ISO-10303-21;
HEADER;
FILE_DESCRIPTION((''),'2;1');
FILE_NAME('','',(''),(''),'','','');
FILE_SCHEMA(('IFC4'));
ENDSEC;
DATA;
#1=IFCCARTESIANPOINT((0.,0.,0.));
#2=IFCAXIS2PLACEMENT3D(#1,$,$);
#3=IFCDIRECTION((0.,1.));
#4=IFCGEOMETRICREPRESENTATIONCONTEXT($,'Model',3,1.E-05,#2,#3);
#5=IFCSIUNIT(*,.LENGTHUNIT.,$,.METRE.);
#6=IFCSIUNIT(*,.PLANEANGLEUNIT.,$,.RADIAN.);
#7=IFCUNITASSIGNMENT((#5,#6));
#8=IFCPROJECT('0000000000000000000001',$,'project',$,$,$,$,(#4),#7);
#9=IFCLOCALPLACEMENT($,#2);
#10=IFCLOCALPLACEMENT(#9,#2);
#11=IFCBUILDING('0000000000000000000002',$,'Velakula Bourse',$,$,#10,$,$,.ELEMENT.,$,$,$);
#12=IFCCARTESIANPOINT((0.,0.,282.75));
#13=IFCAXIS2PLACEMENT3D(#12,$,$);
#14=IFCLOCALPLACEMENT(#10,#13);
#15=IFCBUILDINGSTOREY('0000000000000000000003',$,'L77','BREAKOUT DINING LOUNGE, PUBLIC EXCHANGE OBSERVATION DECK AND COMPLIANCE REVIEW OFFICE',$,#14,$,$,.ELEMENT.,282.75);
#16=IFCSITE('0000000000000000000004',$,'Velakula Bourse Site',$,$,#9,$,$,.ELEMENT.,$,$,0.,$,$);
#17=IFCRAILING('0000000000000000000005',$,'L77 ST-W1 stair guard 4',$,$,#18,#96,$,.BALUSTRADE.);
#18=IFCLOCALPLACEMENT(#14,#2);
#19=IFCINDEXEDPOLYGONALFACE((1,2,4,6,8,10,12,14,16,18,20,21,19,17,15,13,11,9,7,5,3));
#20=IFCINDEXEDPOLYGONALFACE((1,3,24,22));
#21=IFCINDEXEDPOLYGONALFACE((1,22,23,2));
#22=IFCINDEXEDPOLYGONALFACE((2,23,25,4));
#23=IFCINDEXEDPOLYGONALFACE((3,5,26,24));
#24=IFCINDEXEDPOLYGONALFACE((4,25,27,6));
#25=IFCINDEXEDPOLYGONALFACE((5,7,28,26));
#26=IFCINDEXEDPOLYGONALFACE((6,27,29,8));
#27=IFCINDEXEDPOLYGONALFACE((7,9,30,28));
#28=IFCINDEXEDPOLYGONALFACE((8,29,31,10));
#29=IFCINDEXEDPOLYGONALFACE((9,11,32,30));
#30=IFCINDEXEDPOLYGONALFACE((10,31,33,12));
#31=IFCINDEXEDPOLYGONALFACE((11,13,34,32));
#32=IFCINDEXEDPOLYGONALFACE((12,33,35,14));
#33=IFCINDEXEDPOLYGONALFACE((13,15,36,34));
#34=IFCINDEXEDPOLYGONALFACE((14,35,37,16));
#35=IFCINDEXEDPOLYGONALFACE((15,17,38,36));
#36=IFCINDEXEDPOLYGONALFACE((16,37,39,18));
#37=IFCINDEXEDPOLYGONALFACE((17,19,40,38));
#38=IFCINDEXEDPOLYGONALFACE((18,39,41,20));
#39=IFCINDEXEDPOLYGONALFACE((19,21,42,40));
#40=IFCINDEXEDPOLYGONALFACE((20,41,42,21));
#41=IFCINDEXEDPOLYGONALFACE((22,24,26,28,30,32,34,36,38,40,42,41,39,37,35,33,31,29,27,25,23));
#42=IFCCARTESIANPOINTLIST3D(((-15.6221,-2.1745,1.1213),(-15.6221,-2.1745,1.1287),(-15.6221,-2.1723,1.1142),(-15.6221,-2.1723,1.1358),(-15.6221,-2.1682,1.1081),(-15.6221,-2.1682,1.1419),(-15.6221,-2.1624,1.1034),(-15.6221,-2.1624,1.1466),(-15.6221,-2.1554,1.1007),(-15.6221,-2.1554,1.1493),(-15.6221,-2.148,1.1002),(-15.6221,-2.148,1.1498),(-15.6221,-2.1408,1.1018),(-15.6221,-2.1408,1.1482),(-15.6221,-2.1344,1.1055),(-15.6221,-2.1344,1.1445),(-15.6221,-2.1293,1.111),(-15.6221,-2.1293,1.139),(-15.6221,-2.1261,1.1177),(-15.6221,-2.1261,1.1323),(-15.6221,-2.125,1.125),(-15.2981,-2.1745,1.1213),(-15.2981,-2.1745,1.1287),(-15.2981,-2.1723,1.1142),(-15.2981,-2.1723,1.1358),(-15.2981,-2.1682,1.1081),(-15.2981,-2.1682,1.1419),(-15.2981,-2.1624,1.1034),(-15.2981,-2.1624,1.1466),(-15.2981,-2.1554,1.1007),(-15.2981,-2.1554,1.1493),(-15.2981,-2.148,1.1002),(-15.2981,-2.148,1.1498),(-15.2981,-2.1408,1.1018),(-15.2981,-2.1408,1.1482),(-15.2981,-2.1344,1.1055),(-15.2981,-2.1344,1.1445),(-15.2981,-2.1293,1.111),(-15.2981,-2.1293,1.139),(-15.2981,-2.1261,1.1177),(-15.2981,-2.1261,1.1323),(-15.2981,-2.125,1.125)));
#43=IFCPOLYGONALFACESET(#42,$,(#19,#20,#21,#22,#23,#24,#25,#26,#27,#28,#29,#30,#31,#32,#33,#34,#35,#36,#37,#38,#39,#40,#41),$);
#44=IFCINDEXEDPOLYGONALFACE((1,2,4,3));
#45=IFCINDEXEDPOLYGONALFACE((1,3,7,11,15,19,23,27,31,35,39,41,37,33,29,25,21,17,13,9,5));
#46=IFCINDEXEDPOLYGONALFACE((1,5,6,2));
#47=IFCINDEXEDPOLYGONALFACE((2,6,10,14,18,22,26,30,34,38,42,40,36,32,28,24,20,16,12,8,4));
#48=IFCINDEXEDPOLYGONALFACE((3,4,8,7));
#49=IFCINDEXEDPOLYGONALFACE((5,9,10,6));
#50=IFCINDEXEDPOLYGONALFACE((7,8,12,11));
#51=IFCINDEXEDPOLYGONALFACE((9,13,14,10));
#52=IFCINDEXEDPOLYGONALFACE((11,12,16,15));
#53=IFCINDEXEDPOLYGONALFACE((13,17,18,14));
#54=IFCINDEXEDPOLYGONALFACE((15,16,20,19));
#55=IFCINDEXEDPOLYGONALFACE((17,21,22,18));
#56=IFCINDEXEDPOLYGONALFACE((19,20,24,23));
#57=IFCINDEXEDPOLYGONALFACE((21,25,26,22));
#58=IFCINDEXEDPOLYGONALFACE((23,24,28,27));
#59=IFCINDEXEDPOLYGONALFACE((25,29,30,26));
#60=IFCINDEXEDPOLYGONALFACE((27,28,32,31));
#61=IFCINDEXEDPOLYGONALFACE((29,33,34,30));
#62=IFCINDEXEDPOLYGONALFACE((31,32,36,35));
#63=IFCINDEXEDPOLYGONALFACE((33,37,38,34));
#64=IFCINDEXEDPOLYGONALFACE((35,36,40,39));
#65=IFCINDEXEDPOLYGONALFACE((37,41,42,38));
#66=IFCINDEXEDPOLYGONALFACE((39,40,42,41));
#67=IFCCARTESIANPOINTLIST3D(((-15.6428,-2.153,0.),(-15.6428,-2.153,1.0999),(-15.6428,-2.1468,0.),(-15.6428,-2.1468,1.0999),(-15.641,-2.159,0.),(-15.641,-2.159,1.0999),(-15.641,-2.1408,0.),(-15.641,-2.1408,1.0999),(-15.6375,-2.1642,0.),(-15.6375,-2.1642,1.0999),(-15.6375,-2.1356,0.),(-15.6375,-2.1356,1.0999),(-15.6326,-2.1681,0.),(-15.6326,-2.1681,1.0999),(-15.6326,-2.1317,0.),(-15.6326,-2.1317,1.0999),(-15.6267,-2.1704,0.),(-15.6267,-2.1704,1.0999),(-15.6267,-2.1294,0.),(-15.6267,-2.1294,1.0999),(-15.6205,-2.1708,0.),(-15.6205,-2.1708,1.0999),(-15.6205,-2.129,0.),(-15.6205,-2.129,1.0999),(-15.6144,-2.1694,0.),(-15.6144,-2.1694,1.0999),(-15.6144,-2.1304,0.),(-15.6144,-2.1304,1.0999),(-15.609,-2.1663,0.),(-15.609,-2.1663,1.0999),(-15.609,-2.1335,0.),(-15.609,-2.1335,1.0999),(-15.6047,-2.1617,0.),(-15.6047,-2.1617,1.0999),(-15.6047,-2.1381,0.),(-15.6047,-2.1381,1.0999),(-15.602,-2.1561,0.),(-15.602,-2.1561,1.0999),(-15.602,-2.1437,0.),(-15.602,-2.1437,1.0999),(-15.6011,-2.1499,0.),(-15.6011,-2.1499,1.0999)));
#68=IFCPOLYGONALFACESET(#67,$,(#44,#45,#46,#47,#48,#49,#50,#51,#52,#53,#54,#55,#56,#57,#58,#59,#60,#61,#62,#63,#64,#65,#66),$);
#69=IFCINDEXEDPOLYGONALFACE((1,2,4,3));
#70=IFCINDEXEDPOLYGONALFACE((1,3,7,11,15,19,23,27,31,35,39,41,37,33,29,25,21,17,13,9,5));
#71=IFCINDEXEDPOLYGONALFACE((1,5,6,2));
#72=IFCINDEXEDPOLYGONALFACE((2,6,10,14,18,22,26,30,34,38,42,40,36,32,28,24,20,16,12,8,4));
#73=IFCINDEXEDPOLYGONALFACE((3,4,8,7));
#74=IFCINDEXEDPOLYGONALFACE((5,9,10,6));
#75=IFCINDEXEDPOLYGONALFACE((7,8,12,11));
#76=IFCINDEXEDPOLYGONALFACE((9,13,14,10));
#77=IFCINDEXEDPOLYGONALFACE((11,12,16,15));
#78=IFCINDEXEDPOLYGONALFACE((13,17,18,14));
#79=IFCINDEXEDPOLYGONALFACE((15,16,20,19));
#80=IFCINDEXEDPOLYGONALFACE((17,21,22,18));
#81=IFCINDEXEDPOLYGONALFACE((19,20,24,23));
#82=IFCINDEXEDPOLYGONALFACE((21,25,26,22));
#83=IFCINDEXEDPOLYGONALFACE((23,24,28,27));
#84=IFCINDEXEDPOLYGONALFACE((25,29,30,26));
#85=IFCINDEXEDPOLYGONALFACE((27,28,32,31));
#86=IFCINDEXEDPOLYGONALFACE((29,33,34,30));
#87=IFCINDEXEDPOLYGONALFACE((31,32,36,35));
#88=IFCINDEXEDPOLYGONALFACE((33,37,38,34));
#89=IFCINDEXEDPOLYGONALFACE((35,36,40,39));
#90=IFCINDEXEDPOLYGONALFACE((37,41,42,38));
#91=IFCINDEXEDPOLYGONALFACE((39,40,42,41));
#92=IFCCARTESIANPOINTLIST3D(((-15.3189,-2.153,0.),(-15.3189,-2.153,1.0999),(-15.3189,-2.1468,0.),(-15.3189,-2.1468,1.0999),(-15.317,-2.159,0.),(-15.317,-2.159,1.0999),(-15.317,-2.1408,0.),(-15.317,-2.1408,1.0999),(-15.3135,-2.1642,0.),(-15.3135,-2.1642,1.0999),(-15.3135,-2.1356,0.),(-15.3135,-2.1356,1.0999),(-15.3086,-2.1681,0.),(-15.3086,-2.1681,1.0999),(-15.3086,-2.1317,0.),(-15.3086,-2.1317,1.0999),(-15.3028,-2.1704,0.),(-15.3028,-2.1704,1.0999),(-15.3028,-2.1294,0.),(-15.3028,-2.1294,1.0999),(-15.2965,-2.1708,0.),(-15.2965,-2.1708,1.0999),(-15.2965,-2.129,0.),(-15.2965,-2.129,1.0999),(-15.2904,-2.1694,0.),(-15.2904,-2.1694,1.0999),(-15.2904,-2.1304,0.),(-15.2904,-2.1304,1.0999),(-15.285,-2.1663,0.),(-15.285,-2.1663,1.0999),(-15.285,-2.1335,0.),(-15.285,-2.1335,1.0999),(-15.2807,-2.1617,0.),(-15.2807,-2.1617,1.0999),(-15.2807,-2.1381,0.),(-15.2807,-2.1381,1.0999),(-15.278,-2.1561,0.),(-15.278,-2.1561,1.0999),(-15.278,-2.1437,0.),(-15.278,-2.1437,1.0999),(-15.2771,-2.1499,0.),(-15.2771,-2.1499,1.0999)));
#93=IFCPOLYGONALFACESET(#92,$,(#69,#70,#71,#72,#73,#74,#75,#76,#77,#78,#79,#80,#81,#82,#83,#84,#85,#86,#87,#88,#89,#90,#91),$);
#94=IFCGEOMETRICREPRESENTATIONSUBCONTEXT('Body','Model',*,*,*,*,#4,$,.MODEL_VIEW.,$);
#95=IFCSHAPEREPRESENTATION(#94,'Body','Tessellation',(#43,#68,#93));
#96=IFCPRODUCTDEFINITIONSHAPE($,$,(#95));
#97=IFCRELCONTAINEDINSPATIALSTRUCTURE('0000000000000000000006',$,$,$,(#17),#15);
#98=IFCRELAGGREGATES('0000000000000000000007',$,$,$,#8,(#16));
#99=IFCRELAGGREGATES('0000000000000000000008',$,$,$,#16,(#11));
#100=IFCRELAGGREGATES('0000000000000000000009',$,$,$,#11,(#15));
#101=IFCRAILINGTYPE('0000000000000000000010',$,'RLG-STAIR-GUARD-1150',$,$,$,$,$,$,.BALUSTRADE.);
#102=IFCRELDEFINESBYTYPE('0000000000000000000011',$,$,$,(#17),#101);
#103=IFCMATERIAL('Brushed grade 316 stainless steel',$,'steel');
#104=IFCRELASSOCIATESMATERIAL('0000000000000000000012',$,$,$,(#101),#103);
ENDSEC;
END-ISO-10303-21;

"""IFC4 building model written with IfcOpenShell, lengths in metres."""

from ifc_helpers import new_model, si_unit, direction, frame, origin, origin_2d, place, context, subcontext, project, spatial, circle, extrude, material, type_object, element, save


model = new_model("IFC4")

# Units and contexts
model_context = context("Model", 3, precision=1e-05, world=origin(), true_north=direction((0.0, 1.0)))
body_context = subcontext(model_context, "Body", "Model", "MODEL_VIEW")
ifc_project = project(units=[si_unit("LENGTHUNIT", "METRE"), si_unit("PLANEANGLEUNIT", "RADIAN")], contexts=[model_context])

# Site, building, storey
site_placement = place(None, origin())
site = spatial("IfcSite", under=ifc_project, at=site_placement, Name="Velakula Bourse Site", CompositionType="ELEMENT", RefElevation=0.0)
building_placement = place(site_placement, origin())
building = spatial("IfcBuilding", under=site, at=building_placement, Name="Velakula Bourse", CompositionType="ELEMENT")
storey_placement = place(building_placement, frame((0.0, 0.0, 282.75)))
storey = spatial("IfcBuildingStorey", under=building, at=storey_placement, Name="L77", Description="BREAKOUT DINING LOUNGE, PUBLIC EXCHANGE OBSERVATION DECK AND COMPLIANCE REVIEW OFFICE", CompositionType="ELEMENT", Elevation=282.75)

# Shared definitions
ifc_material_1 = material(Name="Brushed grade 316 stainless steel", Category="steel")

# Railing
railing_type_1 = type_object("IfcRailingType", Name="RLG-STAIR-GUARD-1150", PredefinedType="BALUSTRADE", material=ifc_material_1)
railing_1_placement = place(storey_placement, frame((-15.6221, -2.1499, 0.0)))
element("IfcRailing", 1, at=railing_1_placement, inside=storey, type_object=railing_type_1, Name="L77 ST-W1 stair guard 4", PredefinedType="BALUSTRADE", context=body_context, shape_type="SweptSolid", body=[
    extrude(circle(Radius=0.0249, at=origin_2d()), frame((0.0, 0.0, 1.125), z_axis=(1.0, 0.0, 0.0), x_axis=(0.0, 1.0, 0.0)), (0.0, 0.0, 1.0), 0.324),
    extrude(circle(Radius=0.021, at=origin_2d()), origin(), (0.0, 0.0, 1.0), 1.0999),
    extrude(circle(Radius=0.021, at=origin_2d()), frame((0.324, 0.0, 0.0)), (0.0, 0.0, 1.0), 1.0999),
])

save(model, "model.ifc")
